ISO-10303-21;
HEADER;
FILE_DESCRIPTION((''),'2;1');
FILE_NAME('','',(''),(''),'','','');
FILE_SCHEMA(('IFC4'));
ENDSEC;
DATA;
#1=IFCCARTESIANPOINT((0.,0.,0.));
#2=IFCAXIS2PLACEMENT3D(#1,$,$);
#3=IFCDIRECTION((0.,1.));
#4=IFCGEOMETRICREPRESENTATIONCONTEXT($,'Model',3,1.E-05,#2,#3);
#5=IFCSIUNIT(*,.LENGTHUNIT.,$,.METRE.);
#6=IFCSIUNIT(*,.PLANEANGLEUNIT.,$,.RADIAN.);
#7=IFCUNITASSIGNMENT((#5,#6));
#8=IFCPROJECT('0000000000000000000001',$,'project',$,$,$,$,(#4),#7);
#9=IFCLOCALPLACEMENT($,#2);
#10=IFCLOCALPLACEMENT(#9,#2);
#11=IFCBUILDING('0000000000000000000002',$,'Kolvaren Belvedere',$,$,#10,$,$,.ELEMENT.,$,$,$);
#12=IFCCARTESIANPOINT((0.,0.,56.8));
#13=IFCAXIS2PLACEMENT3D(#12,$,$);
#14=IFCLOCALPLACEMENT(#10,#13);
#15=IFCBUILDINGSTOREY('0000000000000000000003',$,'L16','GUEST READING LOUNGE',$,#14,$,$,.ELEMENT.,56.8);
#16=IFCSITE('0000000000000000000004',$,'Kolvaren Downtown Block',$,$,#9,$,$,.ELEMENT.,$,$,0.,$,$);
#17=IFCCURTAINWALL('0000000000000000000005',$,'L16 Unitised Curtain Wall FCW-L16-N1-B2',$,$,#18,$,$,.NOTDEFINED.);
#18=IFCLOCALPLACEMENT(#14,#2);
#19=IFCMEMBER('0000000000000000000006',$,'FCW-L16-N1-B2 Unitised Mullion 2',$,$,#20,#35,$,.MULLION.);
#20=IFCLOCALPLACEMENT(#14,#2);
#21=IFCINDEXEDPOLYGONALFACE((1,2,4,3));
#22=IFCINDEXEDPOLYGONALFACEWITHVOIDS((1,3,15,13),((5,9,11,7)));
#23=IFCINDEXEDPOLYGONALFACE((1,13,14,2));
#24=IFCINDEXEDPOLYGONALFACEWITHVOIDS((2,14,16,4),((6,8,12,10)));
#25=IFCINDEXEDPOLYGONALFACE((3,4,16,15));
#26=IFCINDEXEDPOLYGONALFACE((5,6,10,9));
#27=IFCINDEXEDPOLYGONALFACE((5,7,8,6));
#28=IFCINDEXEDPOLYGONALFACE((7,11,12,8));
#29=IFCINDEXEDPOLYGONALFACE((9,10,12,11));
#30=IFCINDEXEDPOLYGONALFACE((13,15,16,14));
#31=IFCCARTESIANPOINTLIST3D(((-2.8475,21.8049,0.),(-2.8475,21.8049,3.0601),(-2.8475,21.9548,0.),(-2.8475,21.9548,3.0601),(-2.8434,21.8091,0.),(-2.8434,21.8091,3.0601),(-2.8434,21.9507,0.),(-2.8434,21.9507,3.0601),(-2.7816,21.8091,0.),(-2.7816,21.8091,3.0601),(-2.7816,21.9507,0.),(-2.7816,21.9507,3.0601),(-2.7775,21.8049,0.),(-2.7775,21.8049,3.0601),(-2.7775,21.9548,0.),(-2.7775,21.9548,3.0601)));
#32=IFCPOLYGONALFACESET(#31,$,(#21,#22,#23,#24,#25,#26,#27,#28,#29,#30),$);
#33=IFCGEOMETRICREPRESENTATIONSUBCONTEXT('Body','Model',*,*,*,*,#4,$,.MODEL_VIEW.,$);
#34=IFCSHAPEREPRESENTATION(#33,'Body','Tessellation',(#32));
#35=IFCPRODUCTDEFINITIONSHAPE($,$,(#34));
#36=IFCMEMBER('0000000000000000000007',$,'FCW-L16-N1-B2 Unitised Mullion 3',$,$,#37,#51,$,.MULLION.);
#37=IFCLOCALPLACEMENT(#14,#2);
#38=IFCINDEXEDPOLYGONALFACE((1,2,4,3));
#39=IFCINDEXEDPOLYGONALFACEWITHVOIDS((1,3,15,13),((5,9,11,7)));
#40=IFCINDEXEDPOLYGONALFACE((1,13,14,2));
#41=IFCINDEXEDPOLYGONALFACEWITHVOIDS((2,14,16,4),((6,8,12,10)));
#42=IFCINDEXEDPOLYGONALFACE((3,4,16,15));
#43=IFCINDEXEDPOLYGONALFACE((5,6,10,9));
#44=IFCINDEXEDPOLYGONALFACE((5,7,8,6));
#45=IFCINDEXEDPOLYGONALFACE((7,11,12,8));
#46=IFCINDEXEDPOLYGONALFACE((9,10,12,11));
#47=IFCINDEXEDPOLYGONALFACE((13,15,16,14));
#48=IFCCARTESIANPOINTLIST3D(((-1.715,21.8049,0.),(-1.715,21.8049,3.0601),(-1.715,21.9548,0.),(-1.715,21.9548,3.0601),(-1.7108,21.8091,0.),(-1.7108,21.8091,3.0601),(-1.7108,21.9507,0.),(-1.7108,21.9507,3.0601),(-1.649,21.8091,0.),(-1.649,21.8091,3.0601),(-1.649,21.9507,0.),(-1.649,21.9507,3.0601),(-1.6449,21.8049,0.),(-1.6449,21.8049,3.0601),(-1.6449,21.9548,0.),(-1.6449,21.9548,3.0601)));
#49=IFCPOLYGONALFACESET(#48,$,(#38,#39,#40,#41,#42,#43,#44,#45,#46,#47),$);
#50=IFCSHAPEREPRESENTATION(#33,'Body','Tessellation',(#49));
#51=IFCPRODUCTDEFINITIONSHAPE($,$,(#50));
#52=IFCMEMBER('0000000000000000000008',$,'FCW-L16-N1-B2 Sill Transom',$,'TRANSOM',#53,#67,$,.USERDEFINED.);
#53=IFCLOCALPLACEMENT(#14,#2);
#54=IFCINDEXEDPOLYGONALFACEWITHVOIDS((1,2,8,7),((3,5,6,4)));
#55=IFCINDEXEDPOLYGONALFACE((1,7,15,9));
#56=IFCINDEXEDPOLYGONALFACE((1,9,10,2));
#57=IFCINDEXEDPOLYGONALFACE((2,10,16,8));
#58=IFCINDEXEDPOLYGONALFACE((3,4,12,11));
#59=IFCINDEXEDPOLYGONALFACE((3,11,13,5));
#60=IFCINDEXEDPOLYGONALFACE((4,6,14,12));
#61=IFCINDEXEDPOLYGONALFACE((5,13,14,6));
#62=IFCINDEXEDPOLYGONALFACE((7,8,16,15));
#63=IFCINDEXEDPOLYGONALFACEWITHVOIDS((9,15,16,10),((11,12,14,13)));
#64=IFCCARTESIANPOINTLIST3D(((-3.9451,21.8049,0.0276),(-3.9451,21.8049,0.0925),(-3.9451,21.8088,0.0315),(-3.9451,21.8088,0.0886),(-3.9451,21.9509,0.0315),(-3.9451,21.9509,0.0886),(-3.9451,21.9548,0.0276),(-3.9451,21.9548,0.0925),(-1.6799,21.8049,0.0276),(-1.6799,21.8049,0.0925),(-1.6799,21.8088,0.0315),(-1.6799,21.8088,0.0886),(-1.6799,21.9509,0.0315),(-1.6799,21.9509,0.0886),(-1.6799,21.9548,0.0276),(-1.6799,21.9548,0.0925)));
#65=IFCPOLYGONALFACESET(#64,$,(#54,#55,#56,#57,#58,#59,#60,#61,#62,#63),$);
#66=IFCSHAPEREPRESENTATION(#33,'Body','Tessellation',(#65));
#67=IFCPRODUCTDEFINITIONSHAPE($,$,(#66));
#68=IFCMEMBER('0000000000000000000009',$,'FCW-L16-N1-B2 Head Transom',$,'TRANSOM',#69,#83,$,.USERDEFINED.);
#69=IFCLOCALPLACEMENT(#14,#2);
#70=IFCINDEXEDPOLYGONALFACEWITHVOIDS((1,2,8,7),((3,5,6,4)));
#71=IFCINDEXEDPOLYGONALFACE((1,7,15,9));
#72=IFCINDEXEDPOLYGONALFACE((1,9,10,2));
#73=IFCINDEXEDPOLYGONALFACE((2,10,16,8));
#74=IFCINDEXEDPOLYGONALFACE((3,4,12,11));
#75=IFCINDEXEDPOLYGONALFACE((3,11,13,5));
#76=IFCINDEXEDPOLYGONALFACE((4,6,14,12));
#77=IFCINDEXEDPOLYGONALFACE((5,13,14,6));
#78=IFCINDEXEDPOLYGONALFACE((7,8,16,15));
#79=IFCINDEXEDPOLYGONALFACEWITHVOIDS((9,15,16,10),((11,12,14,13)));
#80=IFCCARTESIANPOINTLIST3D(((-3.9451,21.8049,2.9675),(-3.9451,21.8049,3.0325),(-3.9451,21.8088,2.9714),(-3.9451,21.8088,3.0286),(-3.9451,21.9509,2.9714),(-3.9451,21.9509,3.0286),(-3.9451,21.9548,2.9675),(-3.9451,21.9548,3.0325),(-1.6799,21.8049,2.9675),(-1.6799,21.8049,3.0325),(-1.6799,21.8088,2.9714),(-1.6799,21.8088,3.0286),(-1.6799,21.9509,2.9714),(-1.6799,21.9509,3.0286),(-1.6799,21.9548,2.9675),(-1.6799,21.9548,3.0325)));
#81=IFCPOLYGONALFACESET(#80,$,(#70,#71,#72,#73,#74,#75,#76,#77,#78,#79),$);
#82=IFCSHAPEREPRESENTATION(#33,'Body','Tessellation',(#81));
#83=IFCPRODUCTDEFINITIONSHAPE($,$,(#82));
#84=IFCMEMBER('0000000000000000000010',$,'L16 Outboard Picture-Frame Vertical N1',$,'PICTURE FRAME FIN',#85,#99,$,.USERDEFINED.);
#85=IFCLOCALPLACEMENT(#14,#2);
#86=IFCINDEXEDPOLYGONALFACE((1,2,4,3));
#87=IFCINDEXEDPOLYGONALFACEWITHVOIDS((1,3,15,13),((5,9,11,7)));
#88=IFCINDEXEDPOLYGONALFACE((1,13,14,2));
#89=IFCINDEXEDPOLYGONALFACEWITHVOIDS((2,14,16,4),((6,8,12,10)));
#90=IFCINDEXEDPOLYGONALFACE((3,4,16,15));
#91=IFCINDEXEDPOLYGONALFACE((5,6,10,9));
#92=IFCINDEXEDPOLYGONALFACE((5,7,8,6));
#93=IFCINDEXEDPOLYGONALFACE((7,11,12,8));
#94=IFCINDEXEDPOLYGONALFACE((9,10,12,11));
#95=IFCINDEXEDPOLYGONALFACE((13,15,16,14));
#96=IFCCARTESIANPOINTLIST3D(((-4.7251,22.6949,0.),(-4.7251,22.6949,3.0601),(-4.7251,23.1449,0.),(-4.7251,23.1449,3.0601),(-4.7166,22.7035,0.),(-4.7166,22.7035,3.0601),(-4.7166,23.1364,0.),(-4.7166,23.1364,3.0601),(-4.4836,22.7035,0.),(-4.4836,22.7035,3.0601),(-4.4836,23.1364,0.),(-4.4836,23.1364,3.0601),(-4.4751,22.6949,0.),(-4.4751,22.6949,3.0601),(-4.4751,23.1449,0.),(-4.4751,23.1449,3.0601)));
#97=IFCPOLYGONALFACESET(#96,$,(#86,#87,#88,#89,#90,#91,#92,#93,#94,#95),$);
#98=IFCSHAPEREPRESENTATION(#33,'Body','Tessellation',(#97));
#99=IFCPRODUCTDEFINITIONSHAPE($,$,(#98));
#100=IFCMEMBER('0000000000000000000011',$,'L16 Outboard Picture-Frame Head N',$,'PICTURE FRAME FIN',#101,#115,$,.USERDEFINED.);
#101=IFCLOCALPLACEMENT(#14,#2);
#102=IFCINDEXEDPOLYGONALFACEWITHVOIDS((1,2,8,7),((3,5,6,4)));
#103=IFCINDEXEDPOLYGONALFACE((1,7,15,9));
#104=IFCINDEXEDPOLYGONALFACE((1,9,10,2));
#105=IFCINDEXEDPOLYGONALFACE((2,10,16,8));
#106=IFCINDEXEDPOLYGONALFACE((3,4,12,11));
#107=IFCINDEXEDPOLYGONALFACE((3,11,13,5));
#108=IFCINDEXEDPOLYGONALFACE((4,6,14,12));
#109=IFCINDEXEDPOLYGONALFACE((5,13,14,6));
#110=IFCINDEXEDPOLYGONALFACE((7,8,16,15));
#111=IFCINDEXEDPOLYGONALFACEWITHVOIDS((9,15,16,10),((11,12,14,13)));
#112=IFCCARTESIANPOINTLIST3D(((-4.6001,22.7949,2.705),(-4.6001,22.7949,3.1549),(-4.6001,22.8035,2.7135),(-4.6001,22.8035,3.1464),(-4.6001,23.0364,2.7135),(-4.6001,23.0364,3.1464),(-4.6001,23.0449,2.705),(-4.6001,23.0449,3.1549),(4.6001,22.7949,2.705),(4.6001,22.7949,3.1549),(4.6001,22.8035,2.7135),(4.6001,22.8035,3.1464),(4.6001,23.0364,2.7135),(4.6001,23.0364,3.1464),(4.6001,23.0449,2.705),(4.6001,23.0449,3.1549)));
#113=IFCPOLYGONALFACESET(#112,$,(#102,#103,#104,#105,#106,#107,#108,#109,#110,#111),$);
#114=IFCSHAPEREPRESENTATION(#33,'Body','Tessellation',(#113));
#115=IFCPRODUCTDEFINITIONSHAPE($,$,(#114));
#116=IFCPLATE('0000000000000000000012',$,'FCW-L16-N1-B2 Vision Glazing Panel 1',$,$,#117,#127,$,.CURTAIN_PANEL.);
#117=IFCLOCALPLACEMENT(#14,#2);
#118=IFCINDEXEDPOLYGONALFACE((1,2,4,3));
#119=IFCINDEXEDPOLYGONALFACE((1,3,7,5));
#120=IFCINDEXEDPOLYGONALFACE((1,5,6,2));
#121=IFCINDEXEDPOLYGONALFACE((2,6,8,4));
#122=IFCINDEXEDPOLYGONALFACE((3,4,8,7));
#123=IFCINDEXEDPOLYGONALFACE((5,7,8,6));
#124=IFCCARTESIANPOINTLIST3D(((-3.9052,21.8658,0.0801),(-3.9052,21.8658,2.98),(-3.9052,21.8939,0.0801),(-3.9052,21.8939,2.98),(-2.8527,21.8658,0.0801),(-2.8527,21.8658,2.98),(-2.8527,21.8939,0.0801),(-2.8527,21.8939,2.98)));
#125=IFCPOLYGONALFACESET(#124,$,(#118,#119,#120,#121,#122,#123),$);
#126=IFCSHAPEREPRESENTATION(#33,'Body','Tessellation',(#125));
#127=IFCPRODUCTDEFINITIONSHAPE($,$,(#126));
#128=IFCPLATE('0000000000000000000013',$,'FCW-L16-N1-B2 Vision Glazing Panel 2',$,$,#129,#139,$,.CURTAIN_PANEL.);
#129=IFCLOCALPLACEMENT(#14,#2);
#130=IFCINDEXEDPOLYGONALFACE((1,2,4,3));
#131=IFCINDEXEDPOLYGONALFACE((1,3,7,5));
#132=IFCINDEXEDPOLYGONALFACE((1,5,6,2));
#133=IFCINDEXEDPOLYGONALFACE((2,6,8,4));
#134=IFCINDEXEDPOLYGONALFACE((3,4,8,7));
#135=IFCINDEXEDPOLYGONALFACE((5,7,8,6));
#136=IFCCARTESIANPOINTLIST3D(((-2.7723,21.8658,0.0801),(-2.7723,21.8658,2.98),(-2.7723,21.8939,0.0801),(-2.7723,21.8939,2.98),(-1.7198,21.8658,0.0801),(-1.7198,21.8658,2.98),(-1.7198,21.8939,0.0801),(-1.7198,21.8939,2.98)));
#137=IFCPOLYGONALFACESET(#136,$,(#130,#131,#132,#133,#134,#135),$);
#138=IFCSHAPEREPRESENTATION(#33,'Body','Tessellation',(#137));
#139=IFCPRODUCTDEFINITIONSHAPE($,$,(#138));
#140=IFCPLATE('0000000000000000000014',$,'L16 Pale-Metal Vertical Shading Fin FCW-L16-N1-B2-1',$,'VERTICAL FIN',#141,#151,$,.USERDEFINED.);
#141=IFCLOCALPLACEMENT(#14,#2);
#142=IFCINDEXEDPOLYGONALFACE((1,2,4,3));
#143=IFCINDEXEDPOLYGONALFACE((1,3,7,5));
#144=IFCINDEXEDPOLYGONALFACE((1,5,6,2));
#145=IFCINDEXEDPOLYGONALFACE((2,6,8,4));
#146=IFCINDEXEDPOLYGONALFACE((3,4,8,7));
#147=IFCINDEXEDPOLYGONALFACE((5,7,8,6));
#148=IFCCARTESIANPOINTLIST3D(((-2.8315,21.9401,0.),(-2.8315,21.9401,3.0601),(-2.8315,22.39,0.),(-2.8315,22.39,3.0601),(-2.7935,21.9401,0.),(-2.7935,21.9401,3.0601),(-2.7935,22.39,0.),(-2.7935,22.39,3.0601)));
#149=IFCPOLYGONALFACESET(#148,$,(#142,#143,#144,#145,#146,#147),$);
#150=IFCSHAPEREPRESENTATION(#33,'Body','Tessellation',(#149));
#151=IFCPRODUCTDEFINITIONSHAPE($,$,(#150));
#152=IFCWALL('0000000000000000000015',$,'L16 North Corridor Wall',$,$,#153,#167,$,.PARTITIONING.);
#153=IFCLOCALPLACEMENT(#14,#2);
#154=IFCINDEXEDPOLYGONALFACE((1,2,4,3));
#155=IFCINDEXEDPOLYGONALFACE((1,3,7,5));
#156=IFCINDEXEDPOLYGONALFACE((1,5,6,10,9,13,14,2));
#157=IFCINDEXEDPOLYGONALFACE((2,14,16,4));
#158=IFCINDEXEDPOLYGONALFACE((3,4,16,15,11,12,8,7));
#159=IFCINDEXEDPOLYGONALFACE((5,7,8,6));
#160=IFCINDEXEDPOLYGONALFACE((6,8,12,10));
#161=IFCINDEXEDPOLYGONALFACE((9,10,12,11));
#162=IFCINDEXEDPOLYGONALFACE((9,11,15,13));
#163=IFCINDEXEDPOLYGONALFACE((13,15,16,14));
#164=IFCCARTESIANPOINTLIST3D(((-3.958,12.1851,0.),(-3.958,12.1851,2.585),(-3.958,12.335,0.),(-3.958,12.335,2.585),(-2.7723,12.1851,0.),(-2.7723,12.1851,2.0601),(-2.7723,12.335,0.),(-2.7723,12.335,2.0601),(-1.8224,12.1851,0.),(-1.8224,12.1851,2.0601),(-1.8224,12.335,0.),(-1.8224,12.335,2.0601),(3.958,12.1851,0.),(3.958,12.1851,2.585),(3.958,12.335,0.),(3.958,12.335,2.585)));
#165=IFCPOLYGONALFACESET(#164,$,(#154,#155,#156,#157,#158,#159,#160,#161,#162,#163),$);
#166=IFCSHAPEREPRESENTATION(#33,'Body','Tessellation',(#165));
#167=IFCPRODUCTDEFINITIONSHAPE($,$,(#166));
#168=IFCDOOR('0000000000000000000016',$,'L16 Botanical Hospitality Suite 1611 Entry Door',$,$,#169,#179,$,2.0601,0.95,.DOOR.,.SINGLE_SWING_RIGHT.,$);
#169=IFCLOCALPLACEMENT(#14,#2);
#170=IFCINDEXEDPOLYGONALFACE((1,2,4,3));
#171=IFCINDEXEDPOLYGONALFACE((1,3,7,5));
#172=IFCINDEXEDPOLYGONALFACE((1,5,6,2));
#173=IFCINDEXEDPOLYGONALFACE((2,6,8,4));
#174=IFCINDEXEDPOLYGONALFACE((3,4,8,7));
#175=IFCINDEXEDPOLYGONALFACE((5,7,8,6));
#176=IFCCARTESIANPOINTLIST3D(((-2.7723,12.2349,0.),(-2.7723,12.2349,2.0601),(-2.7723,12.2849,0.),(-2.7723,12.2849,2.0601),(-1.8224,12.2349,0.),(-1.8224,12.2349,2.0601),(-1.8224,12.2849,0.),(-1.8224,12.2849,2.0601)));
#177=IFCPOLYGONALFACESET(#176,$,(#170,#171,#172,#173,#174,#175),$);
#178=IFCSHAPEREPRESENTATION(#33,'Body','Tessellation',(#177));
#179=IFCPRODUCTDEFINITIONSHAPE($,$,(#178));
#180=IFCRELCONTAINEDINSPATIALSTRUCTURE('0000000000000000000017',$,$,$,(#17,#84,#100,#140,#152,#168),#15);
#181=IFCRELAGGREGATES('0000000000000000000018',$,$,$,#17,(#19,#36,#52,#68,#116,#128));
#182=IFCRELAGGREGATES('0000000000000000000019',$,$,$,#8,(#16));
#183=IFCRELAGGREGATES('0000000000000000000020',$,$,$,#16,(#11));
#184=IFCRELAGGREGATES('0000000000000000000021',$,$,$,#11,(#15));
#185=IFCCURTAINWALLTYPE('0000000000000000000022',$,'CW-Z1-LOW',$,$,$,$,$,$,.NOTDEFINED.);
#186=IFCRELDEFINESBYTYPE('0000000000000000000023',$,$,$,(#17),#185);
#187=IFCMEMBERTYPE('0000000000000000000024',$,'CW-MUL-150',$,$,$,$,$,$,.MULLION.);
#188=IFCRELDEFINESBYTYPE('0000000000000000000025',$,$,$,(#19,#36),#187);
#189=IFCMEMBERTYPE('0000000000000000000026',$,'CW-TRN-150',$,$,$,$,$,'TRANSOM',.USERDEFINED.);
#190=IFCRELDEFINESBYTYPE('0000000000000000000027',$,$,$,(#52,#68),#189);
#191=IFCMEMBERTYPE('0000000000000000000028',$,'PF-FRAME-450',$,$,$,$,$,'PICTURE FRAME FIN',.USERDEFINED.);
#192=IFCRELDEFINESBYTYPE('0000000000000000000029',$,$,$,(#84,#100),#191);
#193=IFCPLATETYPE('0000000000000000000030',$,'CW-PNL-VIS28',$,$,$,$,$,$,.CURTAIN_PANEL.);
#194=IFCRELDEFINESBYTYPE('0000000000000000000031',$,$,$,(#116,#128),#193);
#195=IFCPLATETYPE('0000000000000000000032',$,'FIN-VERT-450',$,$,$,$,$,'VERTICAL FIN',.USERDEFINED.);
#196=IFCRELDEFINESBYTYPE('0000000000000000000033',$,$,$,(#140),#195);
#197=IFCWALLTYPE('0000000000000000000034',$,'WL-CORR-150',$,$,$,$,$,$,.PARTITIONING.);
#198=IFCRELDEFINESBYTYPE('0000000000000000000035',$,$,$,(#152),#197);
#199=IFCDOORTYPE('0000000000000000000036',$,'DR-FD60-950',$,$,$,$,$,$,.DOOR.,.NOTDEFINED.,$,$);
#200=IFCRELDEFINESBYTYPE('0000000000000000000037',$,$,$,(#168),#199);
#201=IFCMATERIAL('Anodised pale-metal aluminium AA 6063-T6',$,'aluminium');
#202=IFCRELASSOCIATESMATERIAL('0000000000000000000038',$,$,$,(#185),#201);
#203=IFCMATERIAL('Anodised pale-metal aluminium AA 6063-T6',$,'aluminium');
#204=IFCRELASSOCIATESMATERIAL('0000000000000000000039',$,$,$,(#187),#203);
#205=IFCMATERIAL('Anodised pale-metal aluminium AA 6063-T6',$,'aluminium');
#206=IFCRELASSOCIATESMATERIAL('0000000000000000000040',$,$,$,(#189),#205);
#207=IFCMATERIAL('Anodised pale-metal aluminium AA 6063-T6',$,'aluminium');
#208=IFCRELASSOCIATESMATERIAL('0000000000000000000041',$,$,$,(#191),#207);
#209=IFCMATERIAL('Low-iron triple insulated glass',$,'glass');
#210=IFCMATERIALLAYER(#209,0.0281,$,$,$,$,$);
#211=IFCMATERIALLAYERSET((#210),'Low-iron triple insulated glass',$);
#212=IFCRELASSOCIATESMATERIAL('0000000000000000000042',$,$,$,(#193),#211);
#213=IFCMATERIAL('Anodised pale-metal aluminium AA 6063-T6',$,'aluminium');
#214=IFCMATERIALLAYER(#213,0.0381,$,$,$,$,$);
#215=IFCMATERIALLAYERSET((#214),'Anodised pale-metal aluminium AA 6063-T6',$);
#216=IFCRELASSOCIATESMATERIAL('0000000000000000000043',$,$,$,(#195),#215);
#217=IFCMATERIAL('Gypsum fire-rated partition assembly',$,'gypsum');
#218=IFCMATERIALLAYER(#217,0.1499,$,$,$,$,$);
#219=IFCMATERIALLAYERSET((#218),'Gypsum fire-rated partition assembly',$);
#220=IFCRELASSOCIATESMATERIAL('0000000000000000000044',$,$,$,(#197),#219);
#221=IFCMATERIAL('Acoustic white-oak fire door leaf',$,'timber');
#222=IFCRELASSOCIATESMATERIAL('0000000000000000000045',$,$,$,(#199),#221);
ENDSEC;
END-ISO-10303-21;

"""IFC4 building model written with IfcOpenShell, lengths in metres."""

from ifc_helpers import new_model, si_unit, direction, frame, frame_2d, origin, origin_2d, place, context, subcontext, project, spatial, rectangle, hollow_rectangle, extrude, material, layer, layer_set, material_profile, profile_set, type_object, element, fill, aggregate, save


model = new_model("IFC4")

# Units and contexts
model_context = context("Model", 3, precision=1e-05, world=origin(), true_north=direction((0.0, 1.0)))
body_context = subcontext(model_context, "Body", "Model", "MODEL_VIEW")
ifc_project = project(units=[si_unit("LENGTHUNIT", "METRE"), si_unit("PLANEANGLEUNIT", "RADIAN")], contexts=[model_context])

# Site, building, storey
site_placement = place(None, origin())
site = spatial("IfcSite", under=ifc_project, at=site_placement, Name="Kolvaren Downtown Block", CompositionType="ELEMENT", RefElevation=0.0)
building_placement = place(site_placement, origin())
building = spatial("IfcBuilding", under=site, at=building_placement, Name="Kolvaren Belvedere", CompositionType="ELEMENT")
storey_placement = place(building_placement, frame((0.0, 0.0, 56.8)))
storey = spatial("IfcBuildingStorey", under=building, at=storey_placement, Name="L16", Description="GUEST READING LOUNGE", CompositionType="ELEMENT", Elevation=56.8)

# Curtain wall, members
ifc_material_1 = material(Name="Anodised pale-metal aluminium AA 6063-T6", Category="aluminium")
curtain_wall_type = type_object("IfcCurtainWallType", Name="CW-Z1-LOW", PredefinedType="NOTDEFINED", material=ifc_material_1)
curtain_wall_placement = place(storey_placement, origin())
curtain_wall = element("IfcCurtainWall", 1, at=curtain_wall_placement, inside=storey, type_object=curtain_wall_type, Name="L16 Unitised Curtain Wall FCW-L16-N1-B2", PredefinedType="NOTDEFINED")
ifc_material_2 = material(Name="Anodised pale-metal aluminium AA 6063-T6", Category="aluminium")
ifc_material_profile_1 = material_profile(ifc_material_2, hollow_rectangle(XDim=0.0701, YDim=0.1499, WallThickness=0.0042, at=origin_2d()), Name="ALU-MUL-150X70")
ifc_profile_set_1 = profile_set([ifc_material_profile_1], Name="Anodised pale-metal aluminium AA 6063-T6")
member_type_1 = type_object("IfcMemberType", Name="CW-MUL-150", PredefinedType="MULLION", material=ifc_profile_set_1)
member_1_placement = place(storey_placement, frame((-2.8125, 21.8799, 0.0), z_axis=(0.0, 0.0, 1.0), x_axis=(1.0, 0.0, 0.0)))
member_1 = element("IfcMember", 2, at=member_1_placement, type_object=member_type_1, Name="FCW-L16-N1-B2 Unitised Mullion 2", PredefinedType="MULLION", context=body_context, shape_type="SweptSolid", body=[
    extrude(hollow_rectangle(XDim=0.0701, YDim=0.1499, WallThickness=0.0042, at=origin_2d()), origin(), (0.0, 0.0, 1.0), 3.0601),
])
member_2_placement = place(storey_placement, frame((-1.6799, 21.8799, 0.0), z_axis=(0.0, 0.0, 1.0), x_axis=(1.0, 0.0, 0.0)))
member_2 = element("IfcMember", 3, at=member_2_placement, type_object=member_type_1, Name="FCW-L16-N1-B2 Unitised Mullion 3", PredefinedType="MULLION", context=body_context, shape_type="SweptSolid", body=[
    extrude(hollow_rectangle(XDim=0.0701, YDim=0.1499, WallThickness=0.0042, at=origin_2d()), origin(), (0.0, 0.0, 1.0), 3.0601),
])
ifc_material_3 = material(Name="Anodised pale-metal aluminium AA 6063-T6", Category="aluminium")
ifc_material_profile_2 = material_profile(ifc_material_3, hollow_rectangle(XDim=0.0649, YDim=0.1499, WallThickness=0.0039, at=origin_2d()), Name="ALU-TRN-150X65")
ifc_profile_set_2 = profile_set([ifc_material_profile_2], Name="Anodised pale-metal aluminium AA 6063-T6")
member_type_2 = type_object("IfcMemberType", Name="CW-TRN-150", ElementType="TRANSOM", PredefinedType="USERDEFINED", material=ifc_profile_set_2)
member_3_placement = place(storey_placement, frame((-3.9451, 21.8799, 0.0601), z_axis=(1.0, 0.0, 0.0), x_axis=(0.0, 0.0, 1.0)))
member_3 = element("IfcMember", 4, at=member_3_placement, type_object=member_type_2, Name="FCW-L16-N1-B2 Sill Transom", ObjectType="TRANSOM", PredefinedType="USERDEFINED", context=body_context, shape_type="SweptSolid", body=[
    extrude(hollow_rectangle(XDim=0.0649, YDim=0.1499, WallThickness=0.0039, at=origin_2d()), origin(), (0.0, 0.0, 1.0), 2.2651),
])
member_4_placement = place(storey_placement, frame((-3.9451, 21.8799, 3.0), z_axis=(1.0, 0.0, 0.0), x_axis=(0.0, 0.0, 1.0)))
member_4 = element("IfcMember", 5, at=member_4_placement, type_object=member_type_2, Name="FCW-L16-N1-B2 Head Transom", ObjectType="TRANSOM", PredefinedType="USERDEFINED", context=body_context, shape_type="SweptSolid", body=[
    extrude(hollow_rectangle(XDim=0.0649, YDim=0.1499, WallThickness=0.0039, at=origin_2d()), origin(), (0.0, 0.0, 1.0), 2.2651),
])

# Members
ifc_material_4 = material(Name="Anodised pale-metal aluminium AA 6063-T6", Category="aluminium")
ifc_material_profile_3 = material_profile(ifc_material_4, hollow_rectangle(XDim=0.25, YDim=0.45, WallThickness=0.0085, at=origin_2d()), Name="ALU-PF-450X250")
ifc_profile_set_3 = profile_set([ifc_material_profile_3], Name="Anodised pale-metal aluminium AA 6063-T6")
member_type_3 = type_object("IfcMemberType", Name="PF-FRAME-450", ElementType="PICTURE FRAME FIN", PredefinedType="USERDEFINED", material=ifc_profile_set_3)
member_5_placement = place(storey_placement, frame((-4.6001, 22.9199, 0.0), z_axis=(0.0, 0.0, 1.0), x_axis=(1.0, 0.0, 0.0)))
element("IfcMember", 6, at=member_5_placement, inside=storey, type_object=member_type_3, Name="L16 Outboard Picture-Frame Vertical N1", ObjectType="PICTURE FRAME FIN", PredefinedType="USERDEFINED", context=body_context, shape_type="SweptSolid", body=[
    extrude(hollow_rectangle(XDim=0.25, YDim=0.45, WallThickness=0.0085, at=origin_2d()), origin(), (0.0, 0.0, 1.0), 3.0601),
])
member_6_placement = place(storey_placement, frame((-4.6001, 22.9199, 2.9299), z_axis=(1.0, 0.0, 0.0), x_axis=(0.0, 1.0, 0.0)))
element("IfcMember", 7, at=member_6_placement, inside=storey, type_object=member_type_3, Name="L16 Outboard Picture-Frame Head N", ObjectType="PICTURE FRAME FIN", PredefinedType="USERDEFINED", context=body_context, shape_type="SweptSolid", body=[
    extrude(hollow_rectangle(XDim=0.25, YDim=0.45, WallThickness=0.0085, at=origin_2d()), origin(), (0.0, 0.0, 1.0), 9.2002),
])

# Plates
ifc_material_5 = material(Name="Low-iron triple insulated glass", Category="glass")
ifc_layer_1 = layer(ifc_material_5, 0.0281)
ifc_layer_set_1 = layer_set([ifc_layer_1], Name="Low-iron triple insulated glass")
plate_type_1 = type_object("IfcPlateType", Name="CW-PNL-VIS28", PredefinedType="CURTAIN_PANEL", material=ifc_layer_set_1)
plate_1_placement = place(storey_placement, frame((-3.3789, 21.8799, 0.0801), z_axis=(0.0, 0.0, 1.0), x_axis=(1.0, 0.0, 0.0)))
plate_1 = element("IfcPlate", 8, at=plate_1_placement, type_object=plate_type_1, Name="FCW-L16-N1-B2 Vision Glazing Panel 1", PredefinedType="CURTAIN_PANEL", context=body_context, shape_type="SweptSolid", body=[
    extrude(rectangle(XDim=1.0525, YDim=0.0281, at=origin_2d()), origin(), (0.0, 0.0, 1.0), 2.8999),
])
plate_2_placement = place(storey_placement, frame((-2.2461, 21.8799, 0.0801), z_axis=(0.0, 0.0, 1.0), x_axis=(1.0, 0.0, 0.0)))
plate_2 = element("IfcPlate", 9, at=plate_2_placement, type_object=plate_type_1, Name="FCW-L16-N1-B2 Vision Glazing Panel 2", PredefinedType="CURTAIN_PANEL", context=body_context, shape_type="SweptSolid", body=[
    extrude(rectangle(XDim=1.0525, YDim=0.0281, at=origin_2d()), origin(), (0.0, 0.0, 1.0), 2.8999),
])
aggregate(curtain_wall, [member_1, member_2, member_3, member_4, plate_1, plate_2])
ifc_material_6 = material(Name="Anodised pale-metal aluminium AA 6063-T6", Category="aluminium")
ifc_layer_2 = layer(ifc_material_6, 0.0381)
ifc_layer_set_2 = layer_set([ifc_layer_2], Name="Anodised pale-metal aluminium AA 6063-T6")
plate_type_2 = type_object("IfcPlateType", Name="FIN-VERT-450", ElementType="VERTICAL FIN", PredefinedType="USERDEFINED", material=ifc_layer_set_2)
plate_3_placement = place(storey_placement, frame((-2.8125, 22.165, 0.0), z_axis=(0.0, 0.0, 1.0), x_axis=(0.0, 1.0, 0.0)))
element("IfcPlate", 10, at=plate_3_placement, inside=storey, type_object=plate_type_2, Name="L16 Pale-Metal Vertical Shading Fin FCW-L16-N1-B2-1", ObjectType="VERTICAL FIN", PredefinedType="USERDEFINED", context=body_context, shape_type="SweptSolid", body=[
    extrude(rectangle(XDim=0.45, YDim=0.0381, at=origin_2d()), origin(), (0.0, 0.0, 1.0), 3.0601),
])

# Wall, opening, door
ifc_material_7 = material(Name="Gypsum fire-rated partition assembly", Category="gypsum")
ifc_layer_3 = layer(ifc_material_7, 0.1499)
ifc_layer_set_3 = layer_set([ifc_layer_3], Name="Gypsum fire-rated partition assembly")
wall_type_1 = type_object("IfcWallType", Name="WL-CORR-150", PredefinedType="PARTITIONING", material=ifc_layer_set_3)
wall_1_placement = place(storey_placement, frame((-3.958, 12.26, 0.0), z_axis=(0.0, 0.0, 1.0), x_axis=(1.0, 0.0, 0.0)))
wall_1 = element("IfcWall", 11, at=wall_1_placement, inside=storey, type_object=wall_type_1, Name="L16 North Corridor Wall", PredefinedType="PARTITIONING", context=body_context, shape_type="SweptSolid", body=[
    extrude(rectangle(XDim=7.916, YDim=0.1499, at=frame_2d((3.958, 0.0))), origin(), (0.0, 0.0, 1.0), 2.585),
])
opening_1_placement = place(wall_1_placement, frame((1.1855, 0.0, 0.0)))
opening_1 = element("IfcOpeningElement", 12, at=opening_1_placement, cuts=wall_1, PredefinedType="OPENING", context=body_context, shape_type="SweptSolid", body=[
    extrude(rectangle(XDim=0.95, YDim=2.0601, at=frame_2d((0.4751, 1.03))), frame((0.0, 0.085, 0.0), z_axis=(0.0, -1.0, 0.0), x_axis=(1.0, 0.0, 0.0)), (0.0, 0.0, 1.0), 0.1699),
])
ifc_material_8 = material(Name="Acoustic white-oak fire door leaf", Category="timber")
door_type_1 = type_object("IfcDoorType", Name="DR-FD60-950", OperationType="NOTDEFINED", PredefinedType="DOOR", material=ifc_material_8)
door_1_placement = place(opening_1_placement, origin())
door_1 = element("IfcDoor", 13, at=door_1_placement, inside=storey, type_object=door_type_1, Name="L16 Botanical Hospitality Suite 1611 Entry Door", OperationType="SINGLE_SWING_RIGHT", OverallHeight=2.0601, OverallWidth=0.95, PredefinedType="DOOR", context=body_context, shape_type="SweptSolid", body=[
    extrude(rectangle(XDim=0.95, YDim=2.0601, at=frame_2d((0.4751, 1.03))), frame((0.0, 0.0249, 0.0), z_axis=(0.0, -1.0, 0.0), x_axis=(1.0, 0.0, 0.0)), (0.0, 0.0, 1.0), 0.05),
])
fill(opening_1, door_1)

save(model, "model.ifc")
